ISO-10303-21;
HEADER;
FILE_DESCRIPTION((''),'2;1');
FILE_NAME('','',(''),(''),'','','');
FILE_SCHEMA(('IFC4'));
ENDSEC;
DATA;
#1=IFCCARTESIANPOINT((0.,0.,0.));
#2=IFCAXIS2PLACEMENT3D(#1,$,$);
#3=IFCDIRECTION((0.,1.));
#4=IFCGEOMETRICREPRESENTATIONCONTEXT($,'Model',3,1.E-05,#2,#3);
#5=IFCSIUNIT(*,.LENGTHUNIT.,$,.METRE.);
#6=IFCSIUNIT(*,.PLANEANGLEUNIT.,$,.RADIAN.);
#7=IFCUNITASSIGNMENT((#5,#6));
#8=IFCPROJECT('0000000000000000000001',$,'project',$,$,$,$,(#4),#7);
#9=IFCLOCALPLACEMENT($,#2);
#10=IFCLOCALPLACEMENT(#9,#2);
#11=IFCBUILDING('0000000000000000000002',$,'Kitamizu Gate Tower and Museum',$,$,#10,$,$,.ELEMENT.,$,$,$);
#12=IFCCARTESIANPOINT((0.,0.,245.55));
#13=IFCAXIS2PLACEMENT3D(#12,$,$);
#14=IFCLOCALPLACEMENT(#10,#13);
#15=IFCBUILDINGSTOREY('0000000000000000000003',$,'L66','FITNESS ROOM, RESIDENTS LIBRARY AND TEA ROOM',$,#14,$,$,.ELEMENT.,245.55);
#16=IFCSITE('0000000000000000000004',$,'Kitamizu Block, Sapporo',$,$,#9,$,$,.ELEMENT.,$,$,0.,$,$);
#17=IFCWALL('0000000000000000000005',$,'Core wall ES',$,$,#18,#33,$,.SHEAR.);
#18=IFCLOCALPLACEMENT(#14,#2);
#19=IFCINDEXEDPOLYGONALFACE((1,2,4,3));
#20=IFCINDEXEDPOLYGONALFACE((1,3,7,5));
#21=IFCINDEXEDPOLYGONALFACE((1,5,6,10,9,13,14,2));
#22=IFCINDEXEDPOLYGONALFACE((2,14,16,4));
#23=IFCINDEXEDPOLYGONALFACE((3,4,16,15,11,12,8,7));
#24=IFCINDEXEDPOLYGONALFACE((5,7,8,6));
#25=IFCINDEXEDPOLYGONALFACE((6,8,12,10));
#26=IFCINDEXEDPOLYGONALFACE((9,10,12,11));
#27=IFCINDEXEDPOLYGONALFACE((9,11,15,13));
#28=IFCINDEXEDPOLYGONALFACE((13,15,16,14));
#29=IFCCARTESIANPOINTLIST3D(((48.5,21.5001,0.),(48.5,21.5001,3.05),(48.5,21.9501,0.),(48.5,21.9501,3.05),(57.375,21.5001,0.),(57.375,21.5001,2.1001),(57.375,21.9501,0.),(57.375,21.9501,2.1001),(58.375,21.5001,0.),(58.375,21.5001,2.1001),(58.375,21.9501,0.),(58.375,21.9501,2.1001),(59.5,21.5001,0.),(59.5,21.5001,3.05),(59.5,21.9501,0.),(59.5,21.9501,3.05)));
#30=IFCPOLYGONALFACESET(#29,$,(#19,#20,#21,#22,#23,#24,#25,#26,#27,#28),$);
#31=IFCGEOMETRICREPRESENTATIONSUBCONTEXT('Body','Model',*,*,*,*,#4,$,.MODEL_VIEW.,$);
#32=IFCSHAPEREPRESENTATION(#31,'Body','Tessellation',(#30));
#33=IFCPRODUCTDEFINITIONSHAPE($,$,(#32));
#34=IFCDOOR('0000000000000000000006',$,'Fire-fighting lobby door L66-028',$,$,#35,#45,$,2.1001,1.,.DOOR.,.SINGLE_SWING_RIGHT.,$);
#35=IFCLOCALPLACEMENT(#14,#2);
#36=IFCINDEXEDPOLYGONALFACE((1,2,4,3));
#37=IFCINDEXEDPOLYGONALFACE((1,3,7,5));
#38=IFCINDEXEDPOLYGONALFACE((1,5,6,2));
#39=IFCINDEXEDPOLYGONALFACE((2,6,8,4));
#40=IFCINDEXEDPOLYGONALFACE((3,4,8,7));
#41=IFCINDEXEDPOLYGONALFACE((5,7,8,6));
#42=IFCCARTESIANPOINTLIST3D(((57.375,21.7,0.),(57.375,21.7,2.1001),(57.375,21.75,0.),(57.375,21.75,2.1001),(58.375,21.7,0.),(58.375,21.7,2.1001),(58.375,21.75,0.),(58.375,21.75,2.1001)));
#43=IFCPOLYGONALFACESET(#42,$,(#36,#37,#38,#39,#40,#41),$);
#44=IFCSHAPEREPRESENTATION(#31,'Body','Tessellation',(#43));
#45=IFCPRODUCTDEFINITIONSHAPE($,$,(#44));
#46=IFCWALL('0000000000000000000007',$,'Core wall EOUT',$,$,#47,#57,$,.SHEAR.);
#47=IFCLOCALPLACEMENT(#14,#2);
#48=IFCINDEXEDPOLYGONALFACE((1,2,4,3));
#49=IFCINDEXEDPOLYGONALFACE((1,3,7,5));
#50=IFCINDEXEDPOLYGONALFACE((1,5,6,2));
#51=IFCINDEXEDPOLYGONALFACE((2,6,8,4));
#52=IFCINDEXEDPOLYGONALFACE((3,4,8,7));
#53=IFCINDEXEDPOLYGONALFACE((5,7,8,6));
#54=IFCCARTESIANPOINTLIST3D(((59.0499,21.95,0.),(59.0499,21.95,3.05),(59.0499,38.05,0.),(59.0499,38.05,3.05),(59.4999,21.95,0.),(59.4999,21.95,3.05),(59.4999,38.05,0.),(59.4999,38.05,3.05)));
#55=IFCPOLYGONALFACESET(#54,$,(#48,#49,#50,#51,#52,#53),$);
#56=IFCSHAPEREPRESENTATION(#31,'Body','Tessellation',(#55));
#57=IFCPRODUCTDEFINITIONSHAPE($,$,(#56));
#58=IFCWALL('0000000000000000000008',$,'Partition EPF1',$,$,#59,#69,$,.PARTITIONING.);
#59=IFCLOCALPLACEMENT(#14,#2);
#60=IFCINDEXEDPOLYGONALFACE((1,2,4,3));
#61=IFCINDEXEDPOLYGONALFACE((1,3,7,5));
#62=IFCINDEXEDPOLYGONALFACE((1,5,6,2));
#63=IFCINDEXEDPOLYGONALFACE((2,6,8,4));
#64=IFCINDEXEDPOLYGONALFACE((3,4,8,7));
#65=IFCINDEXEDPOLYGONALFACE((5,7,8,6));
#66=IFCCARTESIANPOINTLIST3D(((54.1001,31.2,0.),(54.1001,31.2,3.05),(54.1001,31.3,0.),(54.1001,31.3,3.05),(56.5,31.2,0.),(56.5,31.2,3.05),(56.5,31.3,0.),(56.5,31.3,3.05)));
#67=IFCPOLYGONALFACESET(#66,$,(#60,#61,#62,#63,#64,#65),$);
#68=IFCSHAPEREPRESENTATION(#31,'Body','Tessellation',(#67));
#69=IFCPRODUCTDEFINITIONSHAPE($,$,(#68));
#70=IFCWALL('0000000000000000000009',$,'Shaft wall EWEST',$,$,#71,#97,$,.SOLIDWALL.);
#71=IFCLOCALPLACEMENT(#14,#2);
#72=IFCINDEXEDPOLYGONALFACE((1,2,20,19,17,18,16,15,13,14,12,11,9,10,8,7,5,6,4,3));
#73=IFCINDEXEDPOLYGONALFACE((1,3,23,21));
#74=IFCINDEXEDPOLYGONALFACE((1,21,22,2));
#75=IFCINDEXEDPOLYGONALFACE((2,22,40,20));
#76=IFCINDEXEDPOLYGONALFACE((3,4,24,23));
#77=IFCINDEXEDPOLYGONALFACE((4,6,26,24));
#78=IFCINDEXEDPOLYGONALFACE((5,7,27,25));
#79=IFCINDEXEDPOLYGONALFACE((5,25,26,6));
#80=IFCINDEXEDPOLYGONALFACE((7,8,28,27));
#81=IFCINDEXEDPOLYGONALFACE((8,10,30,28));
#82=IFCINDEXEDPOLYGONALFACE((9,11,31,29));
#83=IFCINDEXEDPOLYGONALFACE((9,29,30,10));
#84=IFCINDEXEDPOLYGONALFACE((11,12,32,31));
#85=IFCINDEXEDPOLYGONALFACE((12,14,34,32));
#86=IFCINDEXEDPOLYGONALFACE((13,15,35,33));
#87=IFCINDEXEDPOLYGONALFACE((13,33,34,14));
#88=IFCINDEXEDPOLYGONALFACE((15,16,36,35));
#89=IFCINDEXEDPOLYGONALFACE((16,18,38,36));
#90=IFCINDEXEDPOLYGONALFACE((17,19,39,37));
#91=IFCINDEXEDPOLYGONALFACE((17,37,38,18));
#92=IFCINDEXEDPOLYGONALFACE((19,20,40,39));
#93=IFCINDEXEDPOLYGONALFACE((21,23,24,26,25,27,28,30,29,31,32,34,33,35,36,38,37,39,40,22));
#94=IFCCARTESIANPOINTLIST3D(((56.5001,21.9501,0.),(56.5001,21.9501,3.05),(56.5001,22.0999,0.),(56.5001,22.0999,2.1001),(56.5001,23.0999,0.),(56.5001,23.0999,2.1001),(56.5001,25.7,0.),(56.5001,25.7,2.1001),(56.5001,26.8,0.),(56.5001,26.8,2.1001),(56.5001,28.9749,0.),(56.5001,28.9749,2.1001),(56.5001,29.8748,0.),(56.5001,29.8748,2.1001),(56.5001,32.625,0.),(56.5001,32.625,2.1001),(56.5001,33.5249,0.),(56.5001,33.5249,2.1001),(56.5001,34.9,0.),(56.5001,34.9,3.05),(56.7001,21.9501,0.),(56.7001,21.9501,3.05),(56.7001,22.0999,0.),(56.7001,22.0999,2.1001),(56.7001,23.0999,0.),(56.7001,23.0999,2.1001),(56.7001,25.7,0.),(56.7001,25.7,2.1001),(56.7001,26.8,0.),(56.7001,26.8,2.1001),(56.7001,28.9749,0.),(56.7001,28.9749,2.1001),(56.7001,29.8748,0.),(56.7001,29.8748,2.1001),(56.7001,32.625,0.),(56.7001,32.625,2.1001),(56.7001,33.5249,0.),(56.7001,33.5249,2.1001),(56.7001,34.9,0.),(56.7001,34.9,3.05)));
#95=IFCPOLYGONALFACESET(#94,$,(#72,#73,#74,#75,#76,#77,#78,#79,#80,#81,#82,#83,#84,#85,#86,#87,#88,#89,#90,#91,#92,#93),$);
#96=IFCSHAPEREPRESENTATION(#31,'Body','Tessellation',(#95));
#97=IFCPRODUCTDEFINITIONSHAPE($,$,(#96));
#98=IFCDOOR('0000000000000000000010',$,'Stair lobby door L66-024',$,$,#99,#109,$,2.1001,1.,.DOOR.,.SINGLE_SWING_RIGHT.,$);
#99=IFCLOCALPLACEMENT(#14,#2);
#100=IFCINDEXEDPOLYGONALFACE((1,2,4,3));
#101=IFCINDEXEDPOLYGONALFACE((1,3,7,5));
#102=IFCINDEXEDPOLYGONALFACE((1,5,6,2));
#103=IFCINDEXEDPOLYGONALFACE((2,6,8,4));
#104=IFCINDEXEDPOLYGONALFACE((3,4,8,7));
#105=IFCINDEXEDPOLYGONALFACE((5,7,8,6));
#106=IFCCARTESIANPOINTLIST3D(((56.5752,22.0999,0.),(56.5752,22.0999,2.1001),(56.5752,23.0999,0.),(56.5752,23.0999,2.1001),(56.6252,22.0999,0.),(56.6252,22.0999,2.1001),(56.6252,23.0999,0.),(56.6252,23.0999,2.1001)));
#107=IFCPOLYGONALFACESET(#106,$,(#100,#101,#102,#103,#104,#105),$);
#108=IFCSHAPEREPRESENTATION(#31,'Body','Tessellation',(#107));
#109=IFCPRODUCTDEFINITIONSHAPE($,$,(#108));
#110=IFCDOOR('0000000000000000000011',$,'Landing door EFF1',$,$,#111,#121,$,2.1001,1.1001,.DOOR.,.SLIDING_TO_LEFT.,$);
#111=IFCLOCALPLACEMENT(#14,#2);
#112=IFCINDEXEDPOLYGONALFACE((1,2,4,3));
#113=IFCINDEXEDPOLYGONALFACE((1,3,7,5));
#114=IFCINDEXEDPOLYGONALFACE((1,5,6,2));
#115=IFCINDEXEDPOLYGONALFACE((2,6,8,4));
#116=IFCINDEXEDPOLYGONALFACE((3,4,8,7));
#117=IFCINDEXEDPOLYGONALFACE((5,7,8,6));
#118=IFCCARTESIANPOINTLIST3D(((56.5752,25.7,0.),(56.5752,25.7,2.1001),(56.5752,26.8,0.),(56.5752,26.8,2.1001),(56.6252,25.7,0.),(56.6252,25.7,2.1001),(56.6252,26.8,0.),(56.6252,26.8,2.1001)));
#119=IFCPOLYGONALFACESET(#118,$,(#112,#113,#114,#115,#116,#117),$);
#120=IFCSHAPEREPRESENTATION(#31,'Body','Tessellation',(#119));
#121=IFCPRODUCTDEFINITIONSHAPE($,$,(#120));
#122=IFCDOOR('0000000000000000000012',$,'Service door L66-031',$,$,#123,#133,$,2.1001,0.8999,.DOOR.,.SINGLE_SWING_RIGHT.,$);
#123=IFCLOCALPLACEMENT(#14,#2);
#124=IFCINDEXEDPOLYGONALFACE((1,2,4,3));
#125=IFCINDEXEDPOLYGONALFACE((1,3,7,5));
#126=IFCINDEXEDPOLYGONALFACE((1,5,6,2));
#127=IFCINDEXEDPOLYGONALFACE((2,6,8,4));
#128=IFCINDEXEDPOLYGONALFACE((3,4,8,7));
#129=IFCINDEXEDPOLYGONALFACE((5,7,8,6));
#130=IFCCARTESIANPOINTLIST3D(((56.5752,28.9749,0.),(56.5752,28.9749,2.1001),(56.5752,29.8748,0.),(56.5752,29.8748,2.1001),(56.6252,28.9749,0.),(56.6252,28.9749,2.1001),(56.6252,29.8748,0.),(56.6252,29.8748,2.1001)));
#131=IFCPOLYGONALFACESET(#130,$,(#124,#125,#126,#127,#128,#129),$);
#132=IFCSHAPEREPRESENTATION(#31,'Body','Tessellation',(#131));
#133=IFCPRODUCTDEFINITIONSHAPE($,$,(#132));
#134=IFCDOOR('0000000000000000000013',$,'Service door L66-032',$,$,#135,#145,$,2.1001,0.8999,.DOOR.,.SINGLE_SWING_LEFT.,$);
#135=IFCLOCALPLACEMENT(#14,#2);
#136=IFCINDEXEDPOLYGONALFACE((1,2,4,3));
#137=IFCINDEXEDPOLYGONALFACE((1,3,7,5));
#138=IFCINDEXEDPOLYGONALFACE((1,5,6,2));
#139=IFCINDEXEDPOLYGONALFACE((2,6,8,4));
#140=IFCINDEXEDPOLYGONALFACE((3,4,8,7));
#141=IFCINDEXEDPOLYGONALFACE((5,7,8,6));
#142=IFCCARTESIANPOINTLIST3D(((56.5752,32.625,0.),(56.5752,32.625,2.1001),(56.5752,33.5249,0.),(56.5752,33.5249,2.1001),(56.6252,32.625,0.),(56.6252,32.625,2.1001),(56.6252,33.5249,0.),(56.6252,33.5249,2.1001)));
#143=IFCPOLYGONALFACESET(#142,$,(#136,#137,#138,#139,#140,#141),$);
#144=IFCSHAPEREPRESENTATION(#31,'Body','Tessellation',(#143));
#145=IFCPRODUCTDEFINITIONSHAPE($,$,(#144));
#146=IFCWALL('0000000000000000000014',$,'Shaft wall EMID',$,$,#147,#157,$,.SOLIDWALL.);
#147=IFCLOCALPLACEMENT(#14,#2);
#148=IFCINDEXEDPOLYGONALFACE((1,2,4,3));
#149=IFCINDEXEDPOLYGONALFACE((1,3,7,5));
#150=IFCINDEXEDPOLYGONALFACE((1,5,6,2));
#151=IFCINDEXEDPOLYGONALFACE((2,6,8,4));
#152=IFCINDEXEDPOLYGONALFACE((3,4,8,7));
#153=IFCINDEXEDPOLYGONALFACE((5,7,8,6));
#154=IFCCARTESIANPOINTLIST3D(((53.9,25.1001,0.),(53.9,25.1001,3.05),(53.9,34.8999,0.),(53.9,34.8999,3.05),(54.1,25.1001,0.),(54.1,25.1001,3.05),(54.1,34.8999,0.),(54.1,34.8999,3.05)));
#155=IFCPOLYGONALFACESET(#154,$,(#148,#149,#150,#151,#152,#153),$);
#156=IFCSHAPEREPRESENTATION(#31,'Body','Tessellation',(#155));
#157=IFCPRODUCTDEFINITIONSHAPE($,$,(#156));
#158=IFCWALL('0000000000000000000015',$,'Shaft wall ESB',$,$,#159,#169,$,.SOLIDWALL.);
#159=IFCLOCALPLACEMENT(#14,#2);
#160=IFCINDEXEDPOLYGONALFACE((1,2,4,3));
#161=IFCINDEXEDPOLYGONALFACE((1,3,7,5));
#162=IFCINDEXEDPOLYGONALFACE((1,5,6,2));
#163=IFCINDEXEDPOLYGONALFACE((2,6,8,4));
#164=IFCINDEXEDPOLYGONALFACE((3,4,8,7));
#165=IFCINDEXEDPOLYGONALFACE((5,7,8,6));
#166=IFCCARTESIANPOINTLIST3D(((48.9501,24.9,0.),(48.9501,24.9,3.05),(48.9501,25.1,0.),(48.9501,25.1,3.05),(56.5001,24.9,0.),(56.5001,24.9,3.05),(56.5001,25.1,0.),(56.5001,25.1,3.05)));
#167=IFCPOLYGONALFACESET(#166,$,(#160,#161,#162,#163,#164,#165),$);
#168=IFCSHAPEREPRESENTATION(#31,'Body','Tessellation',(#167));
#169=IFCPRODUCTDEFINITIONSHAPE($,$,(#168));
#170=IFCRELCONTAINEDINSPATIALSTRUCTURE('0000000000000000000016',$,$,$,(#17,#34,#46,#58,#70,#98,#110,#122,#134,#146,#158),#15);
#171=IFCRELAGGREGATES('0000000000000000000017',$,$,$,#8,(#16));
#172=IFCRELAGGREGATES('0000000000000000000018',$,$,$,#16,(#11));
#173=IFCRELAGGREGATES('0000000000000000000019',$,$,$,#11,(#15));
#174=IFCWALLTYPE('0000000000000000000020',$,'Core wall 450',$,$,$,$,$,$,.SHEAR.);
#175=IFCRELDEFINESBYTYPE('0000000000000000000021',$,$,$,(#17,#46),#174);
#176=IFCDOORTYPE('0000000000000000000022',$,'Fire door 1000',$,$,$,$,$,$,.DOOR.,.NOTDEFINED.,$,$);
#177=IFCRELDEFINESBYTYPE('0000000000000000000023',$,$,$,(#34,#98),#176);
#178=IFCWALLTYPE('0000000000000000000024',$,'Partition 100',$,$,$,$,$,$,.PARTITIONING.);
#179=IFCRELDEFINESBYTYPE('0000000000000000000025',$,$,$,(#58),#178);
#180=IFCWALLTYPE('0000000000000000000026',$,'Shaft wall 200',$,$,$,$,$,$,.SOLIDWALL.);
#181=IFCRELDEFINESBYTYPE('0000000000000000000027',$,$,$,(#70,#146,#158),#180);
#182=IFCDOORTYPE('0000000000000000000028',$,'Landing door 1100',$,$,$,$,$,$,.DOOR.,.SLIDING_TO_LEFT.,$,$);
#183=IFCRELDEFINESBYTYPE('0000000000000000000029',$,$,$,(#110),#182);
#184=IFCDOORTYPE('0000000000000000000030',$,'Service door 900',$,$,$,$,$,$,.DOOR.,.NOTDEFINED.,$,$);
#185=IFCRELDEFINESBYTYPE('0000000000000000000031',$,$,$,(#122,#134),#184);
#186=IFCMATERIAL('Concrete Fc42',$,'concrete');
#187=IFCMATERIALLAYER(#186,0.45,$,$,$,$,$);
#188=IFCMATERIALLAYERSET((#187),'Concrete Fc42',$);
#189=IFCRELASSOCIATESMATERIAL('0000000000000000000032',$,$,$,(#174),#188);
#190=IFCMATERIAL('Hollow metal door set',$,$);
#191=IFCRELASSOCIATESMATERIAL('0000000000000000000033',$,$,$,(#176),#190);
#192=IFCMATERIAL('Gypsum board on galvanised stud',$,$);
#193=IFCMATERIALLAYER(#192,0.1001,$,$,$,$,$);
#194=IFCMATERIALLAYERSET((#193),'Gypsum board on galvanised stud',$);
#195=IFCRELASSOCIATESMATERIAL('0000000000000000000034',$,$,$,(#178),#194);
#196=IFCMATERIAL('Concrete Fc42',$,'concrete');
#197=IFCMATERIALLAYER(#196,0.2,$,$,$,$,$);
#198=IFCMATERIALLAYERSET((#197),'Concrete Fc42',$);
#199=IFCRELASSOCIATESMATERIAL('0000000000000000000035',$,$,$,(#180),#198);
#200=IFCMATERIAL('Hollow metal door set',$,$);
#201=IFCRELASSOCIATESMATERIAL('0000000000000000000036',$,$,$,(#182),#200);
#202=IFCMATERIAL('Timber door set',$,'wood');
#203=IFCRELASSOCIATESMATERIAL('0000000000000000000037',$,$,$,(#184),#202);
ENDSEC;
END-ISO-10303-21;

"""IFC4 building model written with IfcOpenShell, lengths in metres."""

from ifc_helpers import new_model, si_unit, direction, frame, frame_2d, origin, place, context, subcontext, project, spatial, rectangle, extrude, material, layer, layer_set, type_object, element, fill, save


model = new_model("IFC4")

# Units and contexts
model_context = context("Model", 3, precision=1e-05, world=origin(), true_north=direction((0.0, 1.0)))
body_context = subcontext(model_context, "Body", "Model", "MODEL_VIEW")
ifc_project = project(units=[si_unit("LENGTHUNIT", "METRE"), si_unit("PLANEANGLEUNIT", "RADIAN")], contexts=[model_context])

# Site, building, storey
site_placement = place(None, origin())
site = spatial("IfcSite", under=ifc_project, at=site_placement, Name="Kitamizu Block, Sapporo", CompositionType="ELEMENT", RefElevation=0.0)
building_placement = place(site_placement, origin())
building = spatial("IfcBuilding", under=site, at=building_placement, Name="Kitamizu Gate Tower and Museum", CompositionType="ELEMENT")
storey_placement = place(building_placement, frame((0.0, 0.0, 245.55)))
storey = spatial("IfcBuildingStorey", under=building, at=storey_placement, Name="L66", Description="FITNESS ROOM, RESIDENTS LIBRARY AND TEA ROOM", CompositionType="ELEMENT", Elevation=245.55)

# Wall, opening, door
ifc_material_1 = material(Name="Concrete Fc42", Category="concrete")
ifc_layer_1 = layer(ifc_material_1, 0.45)
ifc_layer_set_1 = layer_set([ifc_layer_1], Name="Concrete Fc42")
wall_type_1 = type_object("IfcWallType", Name="Core wall 450", PredefinedType="SHEAR", material=ifc_layer_set_1)
wall_1_placement = place(storey_placement, frame((59.5, 21.7251, 0.0), z_axis=(0.0, 0.0, 1.0), x_axis=(-1.0, 0.0, 0.0)))
wall_1 = element("IfcWall", 1, at=wall_1_placement, inside=storey, type_object=wall_type_1, Name="Core wall ES", PredefinedType="SHEAR", context=body_context, shape_type="SweptSolid", body=[
    extrude(rectangle(XDim=11.0, YDim=0.45, at=frame_2d((5.5, 0.0))), origin(), (0.0, 0.0, 1.0), 3.05),
])
opening_1_placement = place(wall_1_placement, frame((1.125, 0.0, 0.0)))
opening_1 = element("IfcOpeningElement", 2, at=opening_1_placement, cuts=wall_1, PredefinedType="OPENING", context=body_context, shape_type="SweptSolid", body=[
    extrude(rectangle(XDim=1.0, YDim=2.1001, at=frame_2d((0.5, 1.05))), frame((0.0, 0.2349, 0.0), z_axis=(0.0, -1.0, 0.0), x_axis=(1.0, 0.0, 0.0)), (0.0, 0.0, 1.0), 0.47),
])
ifc_material_2 = material(Name="Hollow metal door set")
door_type_1 = type_object("IfcDoorType", Name="Fire door 1000", OperationType="NOTDEFINED", PredefinedType="DOOR", material=ifc_material_2)
door_1_placement = place(opening_1_placement, frame((1.0, 0.0, 0.0), x_axis=(-1.0, 0.0, 0.0)))
door_1 = element("IfcDoor", 3, at=door_1_placement, inside=storey, type_object=door_type_1, Name="Fire-fighting lobby door L66-028", OperationType="SINGLE_SWING_RIGHT", OverallHeight=2.1001, OverallWidth=1.0, PredefinedType="DOOR", context=body_context, shape_type="SweptSolid", body=[
    extrude(rectangle(XDim=1.0, YDim=2.1001, at=frame_2d((0.5, 1.05))), frame((0.0, 0.0249, 0.0), z_axis=(0.0, -1.0, 0.0), x_axis=(1.0, 0.0, 0.0)), (0.0, 0.0, 1.0), 0.05),
])
fill(opening_1, door_1)

# Walls
wall_2_placement = place(storey_placement, frame((59.2749, 21.95, 0.0), z_axis=(0.0, 0.0, 1.0), x_axis=(0.0, 1.0, 0.0)))
element("IfcWall", 4, at=wall_2_placement, inside=storey, type_object=wall_type_1, Name="Core wall EOUT", PredefinedType="SHEAR", context=body_context, shape_type="SweptSolid", body=[
    extrude(rectangle(XDim=16.1001, YDim=0.45, at=frame_2d((8.05, 0.0))), origin(), (0.0, 0.0, 1.0), 3.05),
])
ifc_material_3 = material(Name="Gypsum board on galvanised stud")
ifc_layer_2 = layer(ifc_material_3, 0.1001)
ifc_layer_set_2 = layer_set([ifc_layer_2], Name="Gypsum board on galvanised stud")
wall_type_2 = type_object("IfcWallType", Name="Partition 100", PredefinedType="PARTITIONING", material=ifc_layer_set_2)
wall_3_placement = place(storey_placement, frame((56.5, 31.25, 0.0), z_axis=(0.0, 0.0, 1.0), x_axis=(-1.0, 0.0, 0.0)))
element("IfcWall", 5, at=wall_3_placement, inside=storey, type_object=wall_type_2, Name="Partition EPF1", PredefinedType="PARTITIONING", context=body_context, shape_type="SweptSolid", body=[
    extrude(rectangle(XDim=2.3999, YDim=0.1001, at=frame_2d((1.2, 0.0))), origin(), (0.0, 0.0, 1.0), 3.05),
])

# Wall, openings, doors
ifc_material_4 = material(Name="Concrete Fc42", Category="concrete")
ifc_layer_3 = layer(ifc_material_4, 0.2)
ifc_layer_set_3 = layer_set([ifc_layer_3], Name="Concrete Fc42")
wall_type_3 = type_object("IfcWallType", Name="Shaft wall 200", PredefinedType="SOLIDWALL", material=ifc_layer_set_3)
wall_4_placement = place(storey_placement, frame((56.6001, 21.95, 0.0), z_axis=(0.0, 0.0, 1.0), x_axis=(0.0, 1.0, 0.0)))
wall_4 = element("IfcWall", 6, at=wall_4_placement, inside=storey, type_object=wall_type_3, Name="Shaft wall EWEST", PredefinedType="SOLIDWALL", context=body_context, shape_type="SweptSolid", body=[
    extrude(rectangle(XDim=12.95, YDim=0.2, at=frame_2d((6.4751, 0.0))), origin(), (0.0, 0.0, 1.0), 3.05),
])
opening_2_placement = place(wall_4_placement, frame((3.75, 0.0, 0.0)))
opening_2 = element("IfcOpeningElement", 7, at=opening_2_placement, cuts=wall_4, PredefinedType="OPENING", context=body_context, shape_type="SweptSolid", body=[
    extrude(rectangle(XDim=1.1001, YDim=2.1001, at=frame_2d((0.55, 1.05))), frame((0.0, 0.1099, 0.0), z_axis=(0.0, -1.0, 0.0), x_axis=(1.0, 0.0, 0.0)), (0.0, 0.0, 1.0), 0.22),
])
opening_3_placement = place(wall_4_placement, frame((0.1499, 0.0, 0.0)))
opening_3 = element("IfcOpeningElement", 8, at=opening_3_placement, cuts=wall_4, PredefinedType="OPENING", context=body_context, shape_type="SweptSolid", body=[
    extrude(rectangle(XDim=1.0, YDim=2.1001, at=frame_2d((0.5, 1.05))), frame((0.0, 0.1099, 0.0), z_axis=(0.0, -1.0, 0.0), x_axis=(1.0, 0.0, 0.0)), (0.0, 0.0, 1.0), 0.22),
])
opening_4_placement = place(wall_4_placement, frame((7.0249, 0.0, 0.0)))
opening_4 = element("IfcOpeningElement", 9, at=opening_4_placement, cuts=wall_4, PredefinedType="OPENING", context=body_context, shape_type="SweptSolid", body=[
    extrude(rectangle(XDim=0.8999, YDim=2.1001, at=frame_2d((0.45, 1.05))), frame((0.0, 0.1099, 0.0), z_axis=(0.0, -1.0, 0.0), x_axis=(1.0, 0.0, 0.0)), (0.0, 0.0, 1.0), 0.22),
])
opening_5_placement = place(wall_4_placement, frame((10.675, 0.0, 0.0)))
opening_5 = element("IfcOpeningElement", 10, at=opening_5_placement, cuts=wall_4, PredefinedType="OPENING", context=body_context, shape_type="SweptSolid", body=[
    extrude(rectangle(XDim=0.8999, YDim=2.1001, at=frame_2d((0.45, 1.05))), frame((0.0, 0.1099, 0.0), z_axis=(0.0, -1.0, 0.0), x_axis=(1.0, 0.0, 0.0)), (0.0, 0.0, 1.0), 0.22),
])
door_2_placement = place(opening_3_placement, origin())
door_2 = element("IfcDoor", 11, at=door_2_placement, inside=storey, type_object=door_type_1, Name="Stair lobby door L66-024", OperationType="SINGLE_SWING_RIGHT", OverallHeight=2.1001, OverallWidth=1.0, PredefinedType="DOOR", context=body_context, shape_type="SweptSolid", body=[
    extrude(rectangle(XDim=1.0, YDim=2.1001, at=frame_2d((0.5, 1.05))), frame((0.0, 0.0249, 0.0), z_axis=(0.0, -1.0, 0.0), x_axis=(1.0, 0.0, 0.0)), (0.0, 0.0, 1.0), 0.05),
])
fill(opening_3, door_2)
ifc_material_5 = material(Name="Hollow metal door set")
door_type_2 = type_object("IfcDoorType", Name="Landing door 1100", OperationType="SLIDING_TO_LEFT", PredefinedType="DOOR", material=ifc_material_5)
door_3_placement = place(opening_2_placement, origin())
door_3 = element("IfcDoor", 12, at=door_3_placement, inside=storey, type_object=door_type_2, Name="Landing door EFF1", OperationType="SLIDING_TO_LEFT", OverallHeight=2.1001, OverallWidth=1.1001, PredefinedType="DOOR", context=body_context, shape_type="SweptSolid", body=[
    extrude(rectangle(XDim=1.1001, YDim=2.1001, at=frame_2d((0.55, 1.05))), frame((0.0, 0.0249, 0.0), z_axis=(0.0, -1.0, 0.0), x_axis=(1.0, 0.0, 0.0)), (0.0, 0.0, 1.0), 0.05),
])
fill(opening_2, door_3)
ifc_material_6 = material(Name="Timber door set", Category="wood")
door_type_3 = type_object("IfcDoorType", Name="Service door 900", OperationType="NOTDEFINED", PredefinedType="DOOR", material=ifc_material_6)
door_4_placement = place(opening_4_placement, origin())
door_4 = element("IfcDoor", 13, at=door_4_placement, inside=storey, type_object=door_type_3, Name="Service door L66-031", OperationType="SINGLE_SWING_RIGHT", OverallHeight=2.1001, OverallWidth=0.8999, PredefinedType="DOOR", context=body_context, shape_type="SweptSolid", body=[
    extrude(rectangle(XDim=0.8999, YDim=2.1001, at=frame_2d((0.45, 1.05))), frame((0.0, 0.0249, 0.0), z_axis=(0.0, -1.0, 0.0), x_axis=(1.0, 0.0, 0.0)), (0.0, 0.0, 1.0), 0.05),
])
fill(opening_4, door_4)
door_5_placement = place(opening_5_placement, origin())
door_5 = element("IfcDoor", 14, at=door_5_placement, inside=storey, type_object=door_type_3, Name="Service door L66-032", OperationType="SINGLE_SWING_LEFT", OverallHeight=2.1001, OverallWidth=0.8999, PredefinedType="DOOR", context=body_context, shape_type="SweptSolid", body=[
    extrude(rectangle(XDim=0.8999, YDim=2.1001, at=frame_2d((0.45, 1.05))), frame((0.0, 0.0249, 0.0), z_axis=(0.0, -1.0, 0.0), x_axis=(1.0, 0.0, 0.0)), (0.0, 0.0, 1.0), 0.05),
])
fill(opening_5, door_5)

# Walls
wall_5_placement = place(storey_placement, frame((54.0, 25.1001, 0.0), z_axis=(0.0, 0.0, 1.0), x_axis=(0.0, 1.0, 0.0)))
element("IfcWall", 15, at=wall_5_placement, inside=storey, type_object=wall_type_3, Name="Shaft wall EMID", PredefinedType="SOLIDWALL", context=body_context, shape_type="SweptSolid", body=[
    extrude(rectangle(XDim=9.7998, YDim=0.2, at=frame_2d((4.8999, 0.0))), origin(), (0.0, 0.0, 1.0), 3.05),
])
wall_6_placement = place(storey_placement, frame((56.5, 25.0, 0.0), z_axis=(0.0, 0.0, 1.0), x_axis=(-1.0, 0.0, 0.0)))
element("IfcWall", 16, at=wall_6_placement, inside=storey, type_object=wall_type_3, Name="Shaft wall ESB", PredefinedType="SOLIDWALL", context=body_context, shape_type="SweptSolid", body=[
    extrude(rectangle(XDim=7.55, YDim=0.2, at=frame_2d((3.7749, 0.0))), origin(), (0.0, 0.0, 1.0), 3.05),
])

save(model, "model.ifc")
